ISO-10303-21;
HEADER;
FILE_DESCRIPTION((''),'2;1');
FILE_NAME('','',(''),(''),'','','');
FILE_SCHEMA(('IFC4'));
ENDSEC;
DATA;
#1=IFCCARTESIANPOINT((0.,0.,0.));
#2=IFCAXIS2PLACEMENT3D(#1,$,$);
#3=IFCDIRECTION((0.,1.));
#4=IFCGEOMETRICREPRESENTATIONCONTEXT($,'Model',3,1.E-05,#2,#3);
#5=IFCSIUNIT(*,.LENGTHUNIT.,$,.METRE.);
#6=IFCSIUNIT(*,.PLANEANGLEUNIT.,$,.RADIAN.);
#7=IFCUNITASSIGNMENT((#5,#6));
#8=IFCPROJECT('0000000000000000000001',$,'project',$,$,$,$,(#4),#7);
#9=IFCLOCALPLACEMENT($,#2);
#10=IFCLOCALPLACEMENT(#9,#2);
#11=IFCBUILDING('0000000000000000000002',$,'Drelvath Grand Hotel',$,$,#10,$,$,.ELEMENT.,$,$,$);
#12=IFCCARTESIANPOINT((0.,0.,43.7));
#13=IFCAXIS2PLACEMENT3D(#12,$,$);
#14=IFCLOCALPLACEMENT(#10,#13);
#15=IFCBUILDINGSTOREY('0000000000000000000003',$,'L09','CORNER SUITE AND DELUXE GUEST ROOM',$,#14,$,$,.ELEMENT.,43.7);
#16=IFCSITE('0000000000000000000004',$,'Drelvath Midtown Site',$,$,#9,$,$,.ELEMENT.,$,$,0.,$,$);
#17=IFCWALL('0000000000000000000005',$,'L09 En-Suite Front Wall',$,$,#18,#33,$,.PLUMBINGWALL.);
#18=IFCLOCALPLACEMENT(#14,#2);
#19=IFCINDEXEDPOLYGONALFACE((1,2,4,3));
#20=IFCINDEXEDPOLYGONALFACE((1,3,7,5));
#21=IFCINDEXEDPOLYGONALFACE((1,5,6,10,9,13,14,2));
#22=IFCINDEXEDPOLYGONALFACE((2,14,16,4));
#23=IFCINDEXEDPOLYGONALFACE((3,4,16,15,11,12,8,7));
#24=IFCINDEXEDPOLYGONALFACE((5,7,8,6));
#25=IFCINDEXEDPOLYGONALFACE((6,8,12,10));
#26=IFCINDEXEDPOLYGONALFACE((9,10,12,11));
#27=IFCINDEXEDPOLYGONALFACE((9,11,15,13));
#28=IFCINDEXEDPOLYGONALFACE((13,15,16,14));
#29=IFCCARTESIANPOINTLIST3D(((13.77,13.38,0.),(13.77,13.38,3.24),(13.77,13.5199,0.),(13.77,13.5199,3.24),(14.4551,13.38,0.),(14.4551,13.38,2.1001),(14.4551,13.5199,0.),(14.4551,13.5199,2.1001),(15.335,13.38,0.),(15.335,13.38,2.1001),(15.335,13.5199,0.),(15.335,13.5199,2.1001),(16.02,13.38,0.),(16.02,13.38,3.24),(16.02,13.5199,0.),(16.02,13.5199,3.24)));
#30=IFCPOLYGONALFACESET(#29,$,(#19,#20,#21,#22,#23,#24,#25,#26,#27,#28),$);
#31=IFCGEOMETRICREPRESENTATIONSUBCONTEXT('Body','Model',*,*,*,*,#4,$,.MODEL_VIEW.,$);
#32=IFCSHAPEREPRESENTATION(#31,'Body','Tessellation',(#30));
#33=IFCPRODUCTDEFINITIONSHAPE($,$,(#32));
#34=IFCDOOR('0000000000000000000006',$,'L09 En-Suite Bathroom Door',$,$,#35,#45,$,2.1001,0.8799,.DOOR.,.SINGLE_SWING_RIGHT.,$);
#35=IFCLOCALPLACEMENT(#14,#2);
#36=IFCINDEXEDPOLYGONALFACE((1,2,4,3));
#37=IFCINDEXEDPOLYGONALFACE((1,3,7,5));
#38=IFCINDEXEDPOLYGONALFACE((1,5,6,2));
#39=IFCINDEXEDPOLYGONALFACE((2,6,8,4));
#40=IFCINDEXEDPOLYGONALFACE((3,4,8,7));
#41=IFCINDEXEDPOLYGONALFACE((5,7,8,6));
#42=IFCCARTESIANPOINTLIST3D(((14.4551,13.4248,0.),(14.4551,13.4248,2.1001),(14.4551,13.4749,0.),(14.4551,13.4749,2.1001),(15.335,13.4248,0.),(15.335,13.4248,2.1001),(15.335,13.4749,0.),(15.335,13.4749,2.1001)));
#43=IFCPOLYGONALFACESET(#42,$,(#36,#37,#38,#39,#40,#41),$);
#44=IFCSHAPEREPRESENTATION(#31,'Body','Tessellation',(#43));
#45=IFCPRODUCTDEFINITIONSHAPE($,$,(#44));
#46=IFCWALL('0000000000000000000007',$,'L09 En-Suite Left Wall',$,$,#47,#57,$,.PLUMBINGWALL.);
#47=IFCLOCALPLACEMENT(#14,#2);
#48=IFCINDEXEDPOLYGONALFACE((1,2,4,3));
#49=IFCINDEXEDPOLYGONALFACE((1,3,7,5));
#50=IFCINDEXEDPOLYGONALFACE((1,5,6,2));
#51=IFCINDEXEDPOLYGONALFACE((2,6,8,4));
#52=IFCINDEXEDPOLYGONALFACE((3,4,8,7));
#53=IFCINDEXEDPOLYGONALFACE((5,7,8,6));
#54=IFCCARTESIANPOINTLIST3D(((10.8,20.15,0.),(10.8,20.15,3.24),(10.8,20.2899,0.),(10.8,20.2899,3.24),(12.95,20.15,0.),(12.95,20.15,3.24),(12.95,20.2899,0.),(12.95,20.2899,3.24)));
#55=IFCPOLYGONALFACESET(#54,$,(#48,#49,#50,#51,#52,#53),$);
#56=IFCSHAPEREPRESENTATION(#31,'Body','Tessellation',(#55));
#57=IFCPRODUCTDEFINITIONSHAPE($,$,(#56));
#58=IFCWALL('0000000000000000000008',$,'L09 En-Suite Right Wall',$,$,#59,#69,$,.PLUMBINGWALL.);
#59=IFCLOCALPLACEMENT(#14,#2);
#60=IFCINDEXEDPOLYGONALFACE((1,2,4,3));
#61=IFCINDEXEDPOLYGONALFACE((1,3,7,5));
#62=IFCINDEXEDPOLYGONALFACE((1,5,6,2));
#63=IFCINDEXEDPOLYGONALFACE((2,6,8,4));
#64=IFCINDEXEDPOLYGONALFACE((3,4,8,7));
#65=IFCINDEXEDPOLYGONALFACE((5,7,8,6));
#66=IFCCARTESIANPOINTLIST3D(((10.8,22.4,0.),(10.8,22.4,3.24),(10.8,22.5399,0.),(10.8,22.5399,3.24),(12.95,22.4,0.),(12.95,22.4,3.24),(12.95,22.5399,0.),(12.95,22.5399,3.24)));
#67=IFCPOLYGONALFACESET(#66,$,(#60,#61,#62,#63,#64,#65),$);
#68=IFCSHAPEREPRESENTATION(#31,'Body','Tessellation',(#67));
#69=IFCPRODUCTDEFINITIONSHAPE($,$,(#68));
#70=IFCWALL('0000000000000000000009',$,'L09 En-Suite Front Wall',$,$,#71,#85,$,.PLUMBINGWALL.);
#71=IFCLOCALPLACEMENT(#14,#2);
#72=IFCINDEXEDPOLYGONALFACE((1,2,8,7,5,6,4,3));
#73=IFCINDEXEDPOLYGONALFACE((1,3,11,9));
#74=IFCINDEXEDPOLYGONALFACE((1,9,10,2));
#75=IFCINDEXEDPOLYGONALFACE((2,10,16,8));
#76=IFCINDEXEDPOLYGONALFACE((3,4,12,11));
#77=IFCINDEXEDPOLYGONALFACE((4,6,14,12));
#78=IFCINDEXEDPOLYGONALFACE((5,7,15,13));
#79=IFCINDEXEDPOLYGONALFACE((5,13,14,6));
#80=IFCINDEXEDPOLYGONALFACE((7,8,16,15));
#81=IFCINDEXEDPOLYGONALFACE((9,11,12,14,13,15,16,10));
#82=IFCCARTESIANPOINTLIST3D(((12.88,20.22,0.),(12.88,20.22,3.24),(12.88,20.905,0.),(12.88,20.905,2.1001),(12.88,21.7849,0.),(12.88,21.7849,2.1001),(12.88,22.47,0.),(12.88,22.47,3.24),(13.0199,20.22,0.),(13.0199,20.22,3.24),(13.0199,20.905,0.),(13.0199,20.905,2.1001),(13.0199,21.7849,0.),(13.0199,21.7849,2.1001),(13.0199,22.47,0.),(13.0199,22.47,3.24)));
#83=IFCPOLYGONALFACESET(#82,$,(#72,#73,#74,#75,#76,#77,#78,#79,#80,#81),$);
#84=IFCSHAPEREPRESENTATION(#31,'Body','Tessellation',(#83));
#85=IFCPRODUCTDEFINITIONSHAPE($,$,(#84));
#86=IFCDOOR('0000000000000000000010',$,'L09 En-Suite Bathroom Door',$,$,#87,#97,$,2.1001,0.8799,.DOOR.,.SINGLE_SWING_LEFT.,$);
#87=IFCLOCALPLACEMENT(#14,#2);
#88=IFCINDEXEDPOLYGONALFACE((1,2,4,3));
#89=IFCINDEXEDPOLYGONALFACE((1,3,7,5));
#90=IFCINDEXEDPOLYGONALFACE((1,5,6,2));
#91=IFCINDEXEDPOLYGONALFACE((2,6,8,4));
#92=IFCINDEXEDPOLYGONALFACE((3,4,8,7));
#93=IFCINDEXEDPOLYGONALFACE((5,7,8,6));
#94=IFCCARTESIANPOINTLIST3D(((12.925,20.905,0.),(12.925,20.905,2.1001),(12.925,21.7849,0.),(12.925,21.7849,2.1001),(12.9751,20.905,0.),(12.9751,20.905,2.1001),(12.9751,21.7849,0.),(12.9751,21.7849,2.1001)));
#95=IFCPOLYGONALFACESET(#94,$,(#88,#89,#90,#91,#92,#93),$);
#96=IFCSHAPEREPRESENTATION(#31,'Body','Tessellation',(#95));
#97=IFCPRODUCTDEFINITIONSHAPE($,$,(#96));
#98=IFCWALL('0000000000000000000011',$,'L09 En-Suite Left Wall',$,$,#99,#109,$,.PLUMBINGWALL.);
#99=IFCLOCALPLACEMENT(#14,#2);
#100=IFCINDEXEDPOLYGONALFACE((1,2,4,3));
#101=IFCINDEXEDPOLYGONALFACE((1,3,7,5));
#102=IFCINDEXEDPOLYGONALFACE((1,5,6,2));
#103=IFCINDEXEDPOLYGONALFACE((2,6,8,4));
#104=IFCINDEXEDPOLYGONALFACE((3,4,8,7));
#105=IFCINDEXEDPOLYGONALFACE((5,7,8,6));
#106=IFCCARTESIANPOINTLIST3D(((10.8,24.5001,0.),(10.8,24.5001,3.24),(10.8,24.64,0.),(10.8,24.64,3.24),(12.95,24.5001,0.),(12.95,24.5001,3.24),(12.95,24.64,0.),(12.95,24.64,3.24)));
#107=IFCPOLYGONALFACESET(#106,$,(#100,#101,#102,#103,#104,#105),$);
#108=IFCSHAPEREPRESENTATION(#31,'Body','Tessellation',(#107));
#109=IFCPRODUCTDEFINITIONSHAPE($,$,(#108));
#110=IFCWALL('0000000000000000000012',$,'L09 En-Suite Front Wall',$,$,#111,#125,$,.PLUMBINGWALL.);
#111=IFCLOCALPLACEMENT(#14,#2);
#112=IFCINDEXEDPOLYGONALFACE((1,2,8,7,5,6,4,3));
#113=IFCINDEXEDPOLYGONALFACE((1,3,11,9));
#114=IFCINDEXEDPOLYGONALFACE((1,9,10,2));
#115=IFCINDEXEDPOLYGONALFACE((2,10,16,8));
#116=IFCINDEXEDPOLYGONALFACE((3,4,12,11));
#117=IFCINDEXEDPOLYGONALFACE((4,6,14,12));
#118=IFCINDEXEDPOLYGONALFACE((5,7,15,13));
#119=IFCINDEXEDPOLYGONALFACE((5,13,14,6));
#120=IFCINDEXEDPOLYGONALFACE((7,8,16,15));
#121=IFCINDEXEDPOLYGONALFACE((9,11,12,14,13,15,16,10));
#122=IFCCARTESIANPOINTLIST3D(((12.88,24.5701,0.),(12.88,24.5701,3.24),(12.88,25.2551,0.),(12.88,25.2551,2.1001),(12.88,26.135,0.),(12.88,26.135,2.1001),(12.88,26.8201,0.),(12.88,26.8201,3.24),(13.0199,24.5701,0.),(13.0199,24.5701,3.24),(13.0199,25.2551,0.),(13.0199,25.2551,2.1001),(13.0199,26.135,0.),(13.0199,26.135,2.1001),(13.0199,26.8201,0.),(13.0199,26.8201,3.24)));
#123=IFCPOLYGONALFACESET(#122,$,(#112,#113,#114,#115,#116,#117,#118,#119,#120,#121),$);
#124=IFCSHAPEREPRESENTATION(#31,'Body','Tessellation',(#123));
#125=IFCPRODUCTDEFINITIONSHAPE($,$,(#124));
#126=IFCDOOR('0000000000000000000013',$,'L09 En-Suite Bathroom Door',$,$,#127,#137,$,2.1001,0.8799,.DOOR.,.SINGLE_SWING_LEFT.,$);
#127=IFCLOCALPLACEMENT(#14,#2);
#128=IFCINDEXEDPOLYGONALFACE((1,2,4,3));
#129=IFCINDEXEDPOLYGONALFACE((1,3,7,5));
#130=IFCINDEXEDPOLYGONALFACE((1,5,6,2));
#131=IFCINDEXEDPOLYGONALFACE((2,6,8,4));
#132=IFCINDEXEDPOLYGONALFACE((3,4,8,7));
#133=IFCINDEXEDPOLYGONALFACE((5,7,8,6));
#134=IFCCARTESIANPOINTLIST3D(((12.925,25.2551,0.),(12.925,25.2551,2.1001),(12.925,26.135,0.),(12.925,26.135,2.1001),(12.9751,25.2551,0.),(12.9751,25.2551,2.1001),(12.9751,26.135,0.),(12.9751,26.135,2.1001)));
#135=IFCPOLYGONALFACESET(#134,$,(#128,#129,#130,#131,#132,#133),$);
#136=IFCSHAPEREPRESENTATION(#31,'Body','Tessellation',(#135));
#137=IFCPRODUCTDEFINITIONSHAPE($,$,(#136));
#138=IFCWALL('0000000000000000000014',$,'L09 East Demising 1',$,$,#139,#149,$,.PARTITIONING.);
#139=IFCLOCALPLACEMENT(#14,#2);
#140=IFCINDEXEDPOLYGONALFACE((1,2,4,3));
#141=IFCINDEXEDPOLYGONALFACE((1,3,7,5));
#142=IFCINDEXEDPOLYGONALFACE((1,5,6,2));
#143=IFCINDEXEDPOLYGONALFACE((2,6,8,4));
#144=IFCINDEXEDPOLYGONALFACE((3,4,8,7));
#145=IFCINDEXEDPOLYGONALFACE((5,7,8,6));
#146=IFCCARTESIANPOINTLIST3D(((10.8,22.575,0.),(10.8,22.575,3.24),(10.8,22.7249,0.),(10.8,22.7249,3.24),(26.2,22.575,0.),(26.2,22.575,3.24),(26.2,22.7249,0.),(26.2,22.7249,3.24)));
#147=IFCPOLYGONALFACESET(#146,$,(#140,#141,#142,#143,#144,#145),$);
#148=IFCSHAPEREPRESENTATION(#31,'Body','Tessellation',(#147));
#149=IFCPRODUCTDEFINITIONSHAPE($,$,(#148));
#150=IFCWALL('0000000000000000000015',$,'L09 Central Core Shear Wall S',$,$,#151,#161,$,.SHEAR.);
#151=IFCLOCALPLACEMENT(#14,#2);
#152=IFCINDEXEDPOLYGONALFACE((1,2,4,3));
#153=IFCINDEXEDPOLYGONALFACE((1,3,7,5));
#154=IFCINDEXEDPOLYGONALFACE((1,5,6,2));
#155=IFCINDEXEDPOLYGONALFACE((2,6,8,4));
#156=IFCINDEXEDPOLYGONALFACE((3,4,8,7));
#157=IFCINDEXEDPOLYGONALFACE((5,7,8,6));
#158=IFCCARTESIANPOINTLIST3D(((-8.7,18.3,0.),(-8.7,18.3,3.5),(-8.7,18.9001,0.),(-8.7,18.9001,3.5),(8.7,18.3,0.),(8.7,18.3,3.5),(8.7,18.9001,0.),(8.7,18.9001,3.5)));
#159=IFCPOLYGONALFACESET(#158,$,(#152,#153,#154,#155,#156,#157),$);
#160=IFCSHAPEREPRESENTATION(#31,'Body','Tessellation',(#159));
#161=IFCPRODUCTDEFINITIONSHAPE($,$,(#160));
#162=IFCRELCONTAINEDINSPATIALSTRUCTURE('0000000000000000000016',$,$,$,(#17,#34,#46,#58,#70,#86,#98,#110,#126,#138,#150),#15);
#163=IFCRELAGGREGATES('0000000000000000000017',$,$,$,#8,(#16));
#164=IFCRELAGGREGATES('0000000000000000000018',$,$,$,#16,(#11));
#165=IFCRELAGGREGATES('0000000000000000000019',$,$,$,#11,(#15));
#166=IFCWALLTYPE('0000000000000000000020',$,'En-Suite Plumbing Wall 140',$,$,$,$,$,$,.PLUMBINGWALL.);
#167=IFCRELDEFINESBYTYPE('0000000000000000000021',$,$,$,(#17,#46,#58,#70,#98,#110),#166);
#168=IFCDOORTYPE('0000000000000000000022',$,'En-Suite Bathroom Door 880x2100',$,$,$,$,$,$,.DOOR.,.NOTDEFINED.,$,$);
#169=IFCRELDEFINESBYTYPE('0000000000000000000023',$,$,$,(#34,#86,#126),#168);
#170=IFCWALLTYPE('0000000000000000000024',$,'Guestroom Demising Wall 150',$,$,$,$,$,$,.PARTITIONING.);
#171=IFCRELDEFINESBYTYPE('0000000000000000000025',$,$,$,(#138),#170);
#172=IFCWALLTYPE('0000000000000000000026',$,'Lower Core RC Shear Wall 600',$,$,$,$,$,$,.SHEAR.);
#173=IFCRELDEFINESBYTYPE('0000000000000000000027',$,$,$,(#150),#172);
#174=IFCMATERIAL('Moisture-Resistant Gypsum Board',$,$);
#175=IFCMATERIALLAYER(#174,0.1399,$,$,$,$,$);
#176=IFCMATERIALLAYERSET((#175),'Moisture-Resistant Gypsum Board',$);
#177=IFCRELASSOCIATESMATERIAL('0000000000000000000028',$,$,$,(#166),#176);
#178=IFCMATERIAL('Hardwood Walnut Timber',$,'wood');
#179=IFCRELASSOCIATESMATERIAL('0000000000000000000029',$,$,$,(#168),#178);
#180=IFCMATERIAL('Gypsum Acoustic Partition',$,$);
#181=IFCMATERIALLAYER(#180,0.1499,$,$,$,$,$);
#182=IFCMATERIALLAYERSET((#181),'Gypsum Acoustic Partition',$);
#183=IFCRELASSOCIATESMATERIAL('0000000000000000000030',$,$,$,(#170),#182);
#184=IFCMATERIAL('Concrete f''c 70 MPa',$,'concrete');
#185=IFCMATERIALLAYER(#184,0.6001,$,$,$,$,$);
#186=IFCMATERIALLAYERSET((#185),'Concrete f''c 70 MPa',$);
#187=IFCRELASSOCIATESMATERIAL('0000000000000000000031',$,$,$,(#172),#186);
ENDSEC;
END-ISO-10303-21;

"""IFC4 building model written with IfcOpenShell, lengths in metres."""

from ifc_helpers import new_model, si_unit, direction, frame, frame_2d, origin, place, context, subcontext, project, spatial, rectangle, extrude, material, layer, layer_set, type_object, element, fill, save


model = new_model("IFC4")

# Units and contexts
model_context = context("Model", 3, precision=1e-05, world=origin(), true_north=direction((0.0, 1.0)))
body_context = subcontext(model_context, "Body", "Model", "MODEL_VIEW")
ifc_project = project(units=[si_unit("LENGTHUNIT", "METRE"), si_unit("PLANEANGLEUNIT", "RADIAN")], contexts=[model_context])

# Site, building, storey
site_placement = place(None, origin())
site = spatial("IfcSite", under=ifc_project, at=site_placement, Name="Drelvath Midtown Site", CompositionType="ELEMENT", RefElevation=0.0)
building_placement = place(site_placement, origin())
building = spatial("IfcBuilding", under=site, at=building_placement, Name="Drelvath Grand Hotel", CompositionType="ELEMENT")
storey_placement = place(building_placement, frame((0.0, 0.0, 43.7)))
storey = spatial("IfcBuildingStorey", under=building, at=storey_placement, Name="L09", Description="CORNER SUITE AND DELUXE GUEST ROOM", CompositionType="ELEMENT", Elevation=43.7)

# Shared definitions
ifc_material_1 = material(Name="Concrete f'c 70 MPa", Category="concrete")

# Shared definitions
ifc_material_2 = material(Name="Hardwood Walnut Timber", Category="wood")

# Wall, opening, door
ifc_material_3 = material(Name="Moisture-Resistant Gypsum Board")
ifc_layer_1 = layer(ifc_material_3, 0.1399)
ifc_layer_set_1 = layer_set([ifc_layer_1], Name="Moisture-Resistant Gypsum Board")
wall_type_1 = type_object("IfcWallType", Name="En-Suite Plumbing Wall 140", PredefinedType="PLUMBINGWALL", material=ifc_layer_set_1)
wall_1_placement = place(storey_placement, frame((13.77, 13.45, 0.0), z_axis=(0.0, 0.0, 1.0), x_axis=(1.0, 0.0, 0.0)))
wall_1 = element("IfcWall", 1, at=wall_1_placement, inside=storey, type_object=wall_type_1, Name="L09 En-Suite Front Wall", PredefinedType="PLUMBINGWALL", context=body_context, shape_type="SweptSolid", body=[
    extrude(rectangle(XDim=2.25, YDim=0.1399, at=frame_2d((1.125, 0.0))), origin(), (0.0, 0.0, 1.0), 3.24),
])
opening_1_placement = place(wall_1_placement, frame((0.6851, 0.0, 0.0)))
opening_1 = element("IfcOpeningElement", 2, at=opening_1_placement, cuts=wall_1, PredefinedType="OPENING", context=body_context, shape_type="SweptSolid", body=[
    extrude(rectangle(XDim=0.8799, YDim=2.1001, at=frame_2d((0.4399, 1.05))), frame((0.0, 0.0798, 0.0), z_axis=(0.0, -1.0, 0.0), x_axis=(1.0, 0.0, 0.0)), (0.0, 0.0, 1.0), 0.1599),
])
door_type_1 = type_object("IfcDoorType", Name="En-Suite Bathroom Door 880x2100", OperationType="NOTDEFINED", PredefinedType="DOOR", material=ifc_material_2)
door_1_placement = place(opening_1_placement, origin())
door_1 = element("IfcDoor", 3, at=door_1_placement, inside=storey, type_object=door_type_1, Name="L09 En-Suite Bathroom Door", OperationType="SINGLE_SWING_RIGHT", OverallHeight=2.1001, OverallWidth=0.8799, PredefinedType="DOOR", context=body_context, shape_type="SweptSolid", body=[
    extrude(rectangle(XDim=0.8799, YDim=2.1001, at=frame_2d((0.4399, 1.05))), frame((0.0, 0.0249, 0.0), z_axis=(0.0, -1.0, 0.0), x_axis=(1.0, 0.0, 0.0)), (0.0, 0.0, 1.0), 0.05),
])
fill(opening_1, door_1)

# Walls
for number, where, z_axis, x_axis, name in (
    (4, (10.8, 20.22, 0.0), (0.0, 0.0, 1.0), (1.0, 0.0, 0.0), "L09 En-Suite Left Wall"),
    (5, (10.8, 22.47, 0.0), (0.0, 0.0, 1.0), (1.0, 0.0, 0.0), "L09 En-Suite Right Wall"),
):
    element("IfcWall", number, at=place(storey_placement, frame(where, z_axis=z_axis, x_axis=x_axis)), inside=storey, type_object=wall_type_1, Name=name, PredefinedType="PLUMBINGWALL", context=body_context, shape_type="SweptSolid", body=[
        extrude(rectangle(XDim=2.1499, YDim=0.1399, at=frame_2d((1.075, 0.0))), origin(), (0.0, 0.0, 1.0), 3.24),
    ])

# Wall, opening, door
wall_2_placement = place(storey_placement, frame((12.95, 20.22, 0.0), z_axis=(0.0, 0.0, 1.0), x_axis=(0.0, 1.0, 0.0)))
wall_2 = element("IfcWall", 6, at=wall_2_placement, inside=storey, type_object=wall_type_1, Name="L09 En-Suite Front Wall", PredefinedType="PLUMBINGWALL", context=body_context, shape_type="SweptSolid", body=[
    extrude(rectangle(XDim=2.25, YDim=0.1399, at=frame_2d((1.125, 0.0))), origin(), (0.0, 0.0, 1.0), 3.24),
])
opening_2_placement = place(wall_2_placement, frame((0.6851, 0.0, 0.0)))
opening_2 = element("IfcOpeningElement", 7, at=opening_2_placement, cuts=wall_2, PredefinedType="OPENING", context=body_context, shape_type="SweptSolid", body=[
    extrude(rectangle(XDim=0.8799, YDim=2.1001, at=frame_2d((0.4399, 1.05))), frame((0.0, 0.0798, 0.0), z_axis=(0.0, -1.0, 0.0), x_axis=(1.0, 0.0, 0.0)), (0.0, 0.0, 1.0), 0.1599),
])
door_2_placement = place(opening_2_placement, origin())
door_2 = element("IfcDoor", 8, at=door_2_placement, inside=storey, type_object=door_type_1, Name="L09 En-Suite Bathroom Door", OperationType="SINGLE_SWING_LEFT", OverallHeight=2.1001, OverallWidth=0.8799, PredefinedType="DOOR", context=body_context, shape_type="SweptSolid", body=[
    extrude(rectangle(XDim=0.8799, YDim=2.1001, at=frame_2d((0.4399, 1.05))), frame((0.0, 0.0249, 0.0), z_axis=(0.0, -1.0, 0.0), x_axis=(1.0, 0.0, 0.0)), (0.0, 0.0, 1.0), 0.05),
])
fill(opening_2, door_2)

# Wall
wall_3_placement = place(storey_placement, frame((10.8, 24.5701, 0.0), z_axis=(0.0, 0.0, 1.0), x_axis=(1.0, 0.0, 0.0)))
element("IfcWall", 9, at=wall_3_placement, inside=storey, type_object=wall_type_1, Name="L09 En-Suite Left Wall", PredefinedType="PLUMBINGWALL", context=body_context, shape_type="SweptSolid", body=[
    extrude(rectangle(XDim=2.1499, YDim=0.1399, at=frame_2d((1.075, 0.0))), origin(), (0.0, 0.0, 1.0), 3.24),
])

# Wall, opening, door
wall_4_placement = place(storey_placement, frame((12.95, 24.5701, 0.0), z_axis=(0.0, 0.0, 1.0), x_axis=(0.0, 1.0, 0.0)))
wall_4 = element("IfcWall", 10, at=wall_4_placement, inside=storey, type_object=wall_type_1, Name="L09 En-Suite Front Wall", PredefinedType="PLUMBINGWALL", context=body_context, shape_type="SweptSolid", body=[
    extrude(rectangle(XDim=2.25, YDim=0.1399, at=frame_2d((1.125, 0.0))), origin(), (0.0, 0.0, 1.0), 3.24),
])
opening_3_placement = place(wall_4_placement, frame((0.6851, 0.0, 0.0)))
opening_3 = element("IfcOpeningElement", 11, at=opening_3_placement, cuts=wall_4, PredefinedType="OPENING", context=body_context, shape_type="SweptSolid", body=[
    extrude(rectangle(XDim=0.8799, YDim=2.1001, at=frame_2d((0.4399, 1.05))), frame((0.0, 0.0798, 0.0), z_axis=(0.0, -1.0, 0.0), x_axis=(1.0, 0.0, 0.0)), (0.0, 0.0, 1.0), 0.1599),
])
door_3_placement = place(opening_3_placement, origin())
door_3 = element("IfcDoor", 12, at=door_3_placement, inside=storey, type_object=door_type_1, Name="L09 En-Suite Bathroom Door", OperationType="SINGLE_SWING_LEFT", OverallHeight=2.1001, OverallWidth=0.8799, PredefinedType="DOOR", context=body_context, shape_type="SweptSolid", body=[
    extrude(rectangle(XDim=0.8799, YDim=2.1001, at=frame_2d((0.4399, 1.05))), frame((0.0, 0.0249, 0.0), z_axis=(0.0, -1.0, 0.0), x_axis=(1.0, 0.0, 0.0)), (0.0, 0.0, 1.0), 0.05),
])
fill(opening_3, door_3)

# Walls
ifc_material_4 = material(Name="Gypsum Acoustic Partition")
ifc_layer_2 = layer(ifc_material_4, 0.1499)
ifc_layer_set_2 = layer_set([ifc_layer_2], Name="Gypsum Acoustic Partition")
wall_type_2 = type_object("IfcWallType", Name="Guestroom Demising Wall 150", PredefinedType="PARTITIONING", material=ifc_layer_set_2)
wall_5_placement = place(storey_placement, frame((10.8, 22.6499, 0.0), z_axis=(0.0, 0.0, 1.0), x_axis=(1.0, 0.0, 0.0)))
element("IfcWall", 13, at=wall_5_placement, inside=storey, type_object=wall_type_2, Name="L09 East Demising 1", PredefinedType="PARTITIONING", context=body_context, shape_type="SweptSolid", body=[
    extrude(rectangle(XDim=15.3999, YDim=0.1499, at=frame_2d((7.7, 0.0))), origin(), (0.0, 0.0, 1.0), 3.24),
])
ifc_layer_3 = layer(ifc_material_1, 0.6001)
ifc_layer_set_3 = layer_set([ifc_layer_3], Name="Concrete f'c 70 MPa")
wall_type_3 = type_object("IfcWallType", Name="Lower Core RC Shear Wall 600", PredefinedType="SHEAR", material=ifc_layer_set_3)
wall_6_placement = place(storey_placement, frame((8.7, 18.6001, 0.0), z_axis=(0.0, 0.0, 1.0), x_axis=(-1.0, 0.0, 0.0)))
element("IfcWall", 14, at=wall_6_placement, inside=storey, type_object=wall_type_3, Name="L09 Central Core Shear Wall S", PredefinedType="SHEAR", context=body_context, shape_type="SweptSolid", body=[
    extrude(rectangle(XDim=17.3999, YDim=0.6001, at=frame_2d((8.7, 0.0))), origin(), (0.0, 0.0, 1.0), 3.5),
])

save(model, "model.ifc")
